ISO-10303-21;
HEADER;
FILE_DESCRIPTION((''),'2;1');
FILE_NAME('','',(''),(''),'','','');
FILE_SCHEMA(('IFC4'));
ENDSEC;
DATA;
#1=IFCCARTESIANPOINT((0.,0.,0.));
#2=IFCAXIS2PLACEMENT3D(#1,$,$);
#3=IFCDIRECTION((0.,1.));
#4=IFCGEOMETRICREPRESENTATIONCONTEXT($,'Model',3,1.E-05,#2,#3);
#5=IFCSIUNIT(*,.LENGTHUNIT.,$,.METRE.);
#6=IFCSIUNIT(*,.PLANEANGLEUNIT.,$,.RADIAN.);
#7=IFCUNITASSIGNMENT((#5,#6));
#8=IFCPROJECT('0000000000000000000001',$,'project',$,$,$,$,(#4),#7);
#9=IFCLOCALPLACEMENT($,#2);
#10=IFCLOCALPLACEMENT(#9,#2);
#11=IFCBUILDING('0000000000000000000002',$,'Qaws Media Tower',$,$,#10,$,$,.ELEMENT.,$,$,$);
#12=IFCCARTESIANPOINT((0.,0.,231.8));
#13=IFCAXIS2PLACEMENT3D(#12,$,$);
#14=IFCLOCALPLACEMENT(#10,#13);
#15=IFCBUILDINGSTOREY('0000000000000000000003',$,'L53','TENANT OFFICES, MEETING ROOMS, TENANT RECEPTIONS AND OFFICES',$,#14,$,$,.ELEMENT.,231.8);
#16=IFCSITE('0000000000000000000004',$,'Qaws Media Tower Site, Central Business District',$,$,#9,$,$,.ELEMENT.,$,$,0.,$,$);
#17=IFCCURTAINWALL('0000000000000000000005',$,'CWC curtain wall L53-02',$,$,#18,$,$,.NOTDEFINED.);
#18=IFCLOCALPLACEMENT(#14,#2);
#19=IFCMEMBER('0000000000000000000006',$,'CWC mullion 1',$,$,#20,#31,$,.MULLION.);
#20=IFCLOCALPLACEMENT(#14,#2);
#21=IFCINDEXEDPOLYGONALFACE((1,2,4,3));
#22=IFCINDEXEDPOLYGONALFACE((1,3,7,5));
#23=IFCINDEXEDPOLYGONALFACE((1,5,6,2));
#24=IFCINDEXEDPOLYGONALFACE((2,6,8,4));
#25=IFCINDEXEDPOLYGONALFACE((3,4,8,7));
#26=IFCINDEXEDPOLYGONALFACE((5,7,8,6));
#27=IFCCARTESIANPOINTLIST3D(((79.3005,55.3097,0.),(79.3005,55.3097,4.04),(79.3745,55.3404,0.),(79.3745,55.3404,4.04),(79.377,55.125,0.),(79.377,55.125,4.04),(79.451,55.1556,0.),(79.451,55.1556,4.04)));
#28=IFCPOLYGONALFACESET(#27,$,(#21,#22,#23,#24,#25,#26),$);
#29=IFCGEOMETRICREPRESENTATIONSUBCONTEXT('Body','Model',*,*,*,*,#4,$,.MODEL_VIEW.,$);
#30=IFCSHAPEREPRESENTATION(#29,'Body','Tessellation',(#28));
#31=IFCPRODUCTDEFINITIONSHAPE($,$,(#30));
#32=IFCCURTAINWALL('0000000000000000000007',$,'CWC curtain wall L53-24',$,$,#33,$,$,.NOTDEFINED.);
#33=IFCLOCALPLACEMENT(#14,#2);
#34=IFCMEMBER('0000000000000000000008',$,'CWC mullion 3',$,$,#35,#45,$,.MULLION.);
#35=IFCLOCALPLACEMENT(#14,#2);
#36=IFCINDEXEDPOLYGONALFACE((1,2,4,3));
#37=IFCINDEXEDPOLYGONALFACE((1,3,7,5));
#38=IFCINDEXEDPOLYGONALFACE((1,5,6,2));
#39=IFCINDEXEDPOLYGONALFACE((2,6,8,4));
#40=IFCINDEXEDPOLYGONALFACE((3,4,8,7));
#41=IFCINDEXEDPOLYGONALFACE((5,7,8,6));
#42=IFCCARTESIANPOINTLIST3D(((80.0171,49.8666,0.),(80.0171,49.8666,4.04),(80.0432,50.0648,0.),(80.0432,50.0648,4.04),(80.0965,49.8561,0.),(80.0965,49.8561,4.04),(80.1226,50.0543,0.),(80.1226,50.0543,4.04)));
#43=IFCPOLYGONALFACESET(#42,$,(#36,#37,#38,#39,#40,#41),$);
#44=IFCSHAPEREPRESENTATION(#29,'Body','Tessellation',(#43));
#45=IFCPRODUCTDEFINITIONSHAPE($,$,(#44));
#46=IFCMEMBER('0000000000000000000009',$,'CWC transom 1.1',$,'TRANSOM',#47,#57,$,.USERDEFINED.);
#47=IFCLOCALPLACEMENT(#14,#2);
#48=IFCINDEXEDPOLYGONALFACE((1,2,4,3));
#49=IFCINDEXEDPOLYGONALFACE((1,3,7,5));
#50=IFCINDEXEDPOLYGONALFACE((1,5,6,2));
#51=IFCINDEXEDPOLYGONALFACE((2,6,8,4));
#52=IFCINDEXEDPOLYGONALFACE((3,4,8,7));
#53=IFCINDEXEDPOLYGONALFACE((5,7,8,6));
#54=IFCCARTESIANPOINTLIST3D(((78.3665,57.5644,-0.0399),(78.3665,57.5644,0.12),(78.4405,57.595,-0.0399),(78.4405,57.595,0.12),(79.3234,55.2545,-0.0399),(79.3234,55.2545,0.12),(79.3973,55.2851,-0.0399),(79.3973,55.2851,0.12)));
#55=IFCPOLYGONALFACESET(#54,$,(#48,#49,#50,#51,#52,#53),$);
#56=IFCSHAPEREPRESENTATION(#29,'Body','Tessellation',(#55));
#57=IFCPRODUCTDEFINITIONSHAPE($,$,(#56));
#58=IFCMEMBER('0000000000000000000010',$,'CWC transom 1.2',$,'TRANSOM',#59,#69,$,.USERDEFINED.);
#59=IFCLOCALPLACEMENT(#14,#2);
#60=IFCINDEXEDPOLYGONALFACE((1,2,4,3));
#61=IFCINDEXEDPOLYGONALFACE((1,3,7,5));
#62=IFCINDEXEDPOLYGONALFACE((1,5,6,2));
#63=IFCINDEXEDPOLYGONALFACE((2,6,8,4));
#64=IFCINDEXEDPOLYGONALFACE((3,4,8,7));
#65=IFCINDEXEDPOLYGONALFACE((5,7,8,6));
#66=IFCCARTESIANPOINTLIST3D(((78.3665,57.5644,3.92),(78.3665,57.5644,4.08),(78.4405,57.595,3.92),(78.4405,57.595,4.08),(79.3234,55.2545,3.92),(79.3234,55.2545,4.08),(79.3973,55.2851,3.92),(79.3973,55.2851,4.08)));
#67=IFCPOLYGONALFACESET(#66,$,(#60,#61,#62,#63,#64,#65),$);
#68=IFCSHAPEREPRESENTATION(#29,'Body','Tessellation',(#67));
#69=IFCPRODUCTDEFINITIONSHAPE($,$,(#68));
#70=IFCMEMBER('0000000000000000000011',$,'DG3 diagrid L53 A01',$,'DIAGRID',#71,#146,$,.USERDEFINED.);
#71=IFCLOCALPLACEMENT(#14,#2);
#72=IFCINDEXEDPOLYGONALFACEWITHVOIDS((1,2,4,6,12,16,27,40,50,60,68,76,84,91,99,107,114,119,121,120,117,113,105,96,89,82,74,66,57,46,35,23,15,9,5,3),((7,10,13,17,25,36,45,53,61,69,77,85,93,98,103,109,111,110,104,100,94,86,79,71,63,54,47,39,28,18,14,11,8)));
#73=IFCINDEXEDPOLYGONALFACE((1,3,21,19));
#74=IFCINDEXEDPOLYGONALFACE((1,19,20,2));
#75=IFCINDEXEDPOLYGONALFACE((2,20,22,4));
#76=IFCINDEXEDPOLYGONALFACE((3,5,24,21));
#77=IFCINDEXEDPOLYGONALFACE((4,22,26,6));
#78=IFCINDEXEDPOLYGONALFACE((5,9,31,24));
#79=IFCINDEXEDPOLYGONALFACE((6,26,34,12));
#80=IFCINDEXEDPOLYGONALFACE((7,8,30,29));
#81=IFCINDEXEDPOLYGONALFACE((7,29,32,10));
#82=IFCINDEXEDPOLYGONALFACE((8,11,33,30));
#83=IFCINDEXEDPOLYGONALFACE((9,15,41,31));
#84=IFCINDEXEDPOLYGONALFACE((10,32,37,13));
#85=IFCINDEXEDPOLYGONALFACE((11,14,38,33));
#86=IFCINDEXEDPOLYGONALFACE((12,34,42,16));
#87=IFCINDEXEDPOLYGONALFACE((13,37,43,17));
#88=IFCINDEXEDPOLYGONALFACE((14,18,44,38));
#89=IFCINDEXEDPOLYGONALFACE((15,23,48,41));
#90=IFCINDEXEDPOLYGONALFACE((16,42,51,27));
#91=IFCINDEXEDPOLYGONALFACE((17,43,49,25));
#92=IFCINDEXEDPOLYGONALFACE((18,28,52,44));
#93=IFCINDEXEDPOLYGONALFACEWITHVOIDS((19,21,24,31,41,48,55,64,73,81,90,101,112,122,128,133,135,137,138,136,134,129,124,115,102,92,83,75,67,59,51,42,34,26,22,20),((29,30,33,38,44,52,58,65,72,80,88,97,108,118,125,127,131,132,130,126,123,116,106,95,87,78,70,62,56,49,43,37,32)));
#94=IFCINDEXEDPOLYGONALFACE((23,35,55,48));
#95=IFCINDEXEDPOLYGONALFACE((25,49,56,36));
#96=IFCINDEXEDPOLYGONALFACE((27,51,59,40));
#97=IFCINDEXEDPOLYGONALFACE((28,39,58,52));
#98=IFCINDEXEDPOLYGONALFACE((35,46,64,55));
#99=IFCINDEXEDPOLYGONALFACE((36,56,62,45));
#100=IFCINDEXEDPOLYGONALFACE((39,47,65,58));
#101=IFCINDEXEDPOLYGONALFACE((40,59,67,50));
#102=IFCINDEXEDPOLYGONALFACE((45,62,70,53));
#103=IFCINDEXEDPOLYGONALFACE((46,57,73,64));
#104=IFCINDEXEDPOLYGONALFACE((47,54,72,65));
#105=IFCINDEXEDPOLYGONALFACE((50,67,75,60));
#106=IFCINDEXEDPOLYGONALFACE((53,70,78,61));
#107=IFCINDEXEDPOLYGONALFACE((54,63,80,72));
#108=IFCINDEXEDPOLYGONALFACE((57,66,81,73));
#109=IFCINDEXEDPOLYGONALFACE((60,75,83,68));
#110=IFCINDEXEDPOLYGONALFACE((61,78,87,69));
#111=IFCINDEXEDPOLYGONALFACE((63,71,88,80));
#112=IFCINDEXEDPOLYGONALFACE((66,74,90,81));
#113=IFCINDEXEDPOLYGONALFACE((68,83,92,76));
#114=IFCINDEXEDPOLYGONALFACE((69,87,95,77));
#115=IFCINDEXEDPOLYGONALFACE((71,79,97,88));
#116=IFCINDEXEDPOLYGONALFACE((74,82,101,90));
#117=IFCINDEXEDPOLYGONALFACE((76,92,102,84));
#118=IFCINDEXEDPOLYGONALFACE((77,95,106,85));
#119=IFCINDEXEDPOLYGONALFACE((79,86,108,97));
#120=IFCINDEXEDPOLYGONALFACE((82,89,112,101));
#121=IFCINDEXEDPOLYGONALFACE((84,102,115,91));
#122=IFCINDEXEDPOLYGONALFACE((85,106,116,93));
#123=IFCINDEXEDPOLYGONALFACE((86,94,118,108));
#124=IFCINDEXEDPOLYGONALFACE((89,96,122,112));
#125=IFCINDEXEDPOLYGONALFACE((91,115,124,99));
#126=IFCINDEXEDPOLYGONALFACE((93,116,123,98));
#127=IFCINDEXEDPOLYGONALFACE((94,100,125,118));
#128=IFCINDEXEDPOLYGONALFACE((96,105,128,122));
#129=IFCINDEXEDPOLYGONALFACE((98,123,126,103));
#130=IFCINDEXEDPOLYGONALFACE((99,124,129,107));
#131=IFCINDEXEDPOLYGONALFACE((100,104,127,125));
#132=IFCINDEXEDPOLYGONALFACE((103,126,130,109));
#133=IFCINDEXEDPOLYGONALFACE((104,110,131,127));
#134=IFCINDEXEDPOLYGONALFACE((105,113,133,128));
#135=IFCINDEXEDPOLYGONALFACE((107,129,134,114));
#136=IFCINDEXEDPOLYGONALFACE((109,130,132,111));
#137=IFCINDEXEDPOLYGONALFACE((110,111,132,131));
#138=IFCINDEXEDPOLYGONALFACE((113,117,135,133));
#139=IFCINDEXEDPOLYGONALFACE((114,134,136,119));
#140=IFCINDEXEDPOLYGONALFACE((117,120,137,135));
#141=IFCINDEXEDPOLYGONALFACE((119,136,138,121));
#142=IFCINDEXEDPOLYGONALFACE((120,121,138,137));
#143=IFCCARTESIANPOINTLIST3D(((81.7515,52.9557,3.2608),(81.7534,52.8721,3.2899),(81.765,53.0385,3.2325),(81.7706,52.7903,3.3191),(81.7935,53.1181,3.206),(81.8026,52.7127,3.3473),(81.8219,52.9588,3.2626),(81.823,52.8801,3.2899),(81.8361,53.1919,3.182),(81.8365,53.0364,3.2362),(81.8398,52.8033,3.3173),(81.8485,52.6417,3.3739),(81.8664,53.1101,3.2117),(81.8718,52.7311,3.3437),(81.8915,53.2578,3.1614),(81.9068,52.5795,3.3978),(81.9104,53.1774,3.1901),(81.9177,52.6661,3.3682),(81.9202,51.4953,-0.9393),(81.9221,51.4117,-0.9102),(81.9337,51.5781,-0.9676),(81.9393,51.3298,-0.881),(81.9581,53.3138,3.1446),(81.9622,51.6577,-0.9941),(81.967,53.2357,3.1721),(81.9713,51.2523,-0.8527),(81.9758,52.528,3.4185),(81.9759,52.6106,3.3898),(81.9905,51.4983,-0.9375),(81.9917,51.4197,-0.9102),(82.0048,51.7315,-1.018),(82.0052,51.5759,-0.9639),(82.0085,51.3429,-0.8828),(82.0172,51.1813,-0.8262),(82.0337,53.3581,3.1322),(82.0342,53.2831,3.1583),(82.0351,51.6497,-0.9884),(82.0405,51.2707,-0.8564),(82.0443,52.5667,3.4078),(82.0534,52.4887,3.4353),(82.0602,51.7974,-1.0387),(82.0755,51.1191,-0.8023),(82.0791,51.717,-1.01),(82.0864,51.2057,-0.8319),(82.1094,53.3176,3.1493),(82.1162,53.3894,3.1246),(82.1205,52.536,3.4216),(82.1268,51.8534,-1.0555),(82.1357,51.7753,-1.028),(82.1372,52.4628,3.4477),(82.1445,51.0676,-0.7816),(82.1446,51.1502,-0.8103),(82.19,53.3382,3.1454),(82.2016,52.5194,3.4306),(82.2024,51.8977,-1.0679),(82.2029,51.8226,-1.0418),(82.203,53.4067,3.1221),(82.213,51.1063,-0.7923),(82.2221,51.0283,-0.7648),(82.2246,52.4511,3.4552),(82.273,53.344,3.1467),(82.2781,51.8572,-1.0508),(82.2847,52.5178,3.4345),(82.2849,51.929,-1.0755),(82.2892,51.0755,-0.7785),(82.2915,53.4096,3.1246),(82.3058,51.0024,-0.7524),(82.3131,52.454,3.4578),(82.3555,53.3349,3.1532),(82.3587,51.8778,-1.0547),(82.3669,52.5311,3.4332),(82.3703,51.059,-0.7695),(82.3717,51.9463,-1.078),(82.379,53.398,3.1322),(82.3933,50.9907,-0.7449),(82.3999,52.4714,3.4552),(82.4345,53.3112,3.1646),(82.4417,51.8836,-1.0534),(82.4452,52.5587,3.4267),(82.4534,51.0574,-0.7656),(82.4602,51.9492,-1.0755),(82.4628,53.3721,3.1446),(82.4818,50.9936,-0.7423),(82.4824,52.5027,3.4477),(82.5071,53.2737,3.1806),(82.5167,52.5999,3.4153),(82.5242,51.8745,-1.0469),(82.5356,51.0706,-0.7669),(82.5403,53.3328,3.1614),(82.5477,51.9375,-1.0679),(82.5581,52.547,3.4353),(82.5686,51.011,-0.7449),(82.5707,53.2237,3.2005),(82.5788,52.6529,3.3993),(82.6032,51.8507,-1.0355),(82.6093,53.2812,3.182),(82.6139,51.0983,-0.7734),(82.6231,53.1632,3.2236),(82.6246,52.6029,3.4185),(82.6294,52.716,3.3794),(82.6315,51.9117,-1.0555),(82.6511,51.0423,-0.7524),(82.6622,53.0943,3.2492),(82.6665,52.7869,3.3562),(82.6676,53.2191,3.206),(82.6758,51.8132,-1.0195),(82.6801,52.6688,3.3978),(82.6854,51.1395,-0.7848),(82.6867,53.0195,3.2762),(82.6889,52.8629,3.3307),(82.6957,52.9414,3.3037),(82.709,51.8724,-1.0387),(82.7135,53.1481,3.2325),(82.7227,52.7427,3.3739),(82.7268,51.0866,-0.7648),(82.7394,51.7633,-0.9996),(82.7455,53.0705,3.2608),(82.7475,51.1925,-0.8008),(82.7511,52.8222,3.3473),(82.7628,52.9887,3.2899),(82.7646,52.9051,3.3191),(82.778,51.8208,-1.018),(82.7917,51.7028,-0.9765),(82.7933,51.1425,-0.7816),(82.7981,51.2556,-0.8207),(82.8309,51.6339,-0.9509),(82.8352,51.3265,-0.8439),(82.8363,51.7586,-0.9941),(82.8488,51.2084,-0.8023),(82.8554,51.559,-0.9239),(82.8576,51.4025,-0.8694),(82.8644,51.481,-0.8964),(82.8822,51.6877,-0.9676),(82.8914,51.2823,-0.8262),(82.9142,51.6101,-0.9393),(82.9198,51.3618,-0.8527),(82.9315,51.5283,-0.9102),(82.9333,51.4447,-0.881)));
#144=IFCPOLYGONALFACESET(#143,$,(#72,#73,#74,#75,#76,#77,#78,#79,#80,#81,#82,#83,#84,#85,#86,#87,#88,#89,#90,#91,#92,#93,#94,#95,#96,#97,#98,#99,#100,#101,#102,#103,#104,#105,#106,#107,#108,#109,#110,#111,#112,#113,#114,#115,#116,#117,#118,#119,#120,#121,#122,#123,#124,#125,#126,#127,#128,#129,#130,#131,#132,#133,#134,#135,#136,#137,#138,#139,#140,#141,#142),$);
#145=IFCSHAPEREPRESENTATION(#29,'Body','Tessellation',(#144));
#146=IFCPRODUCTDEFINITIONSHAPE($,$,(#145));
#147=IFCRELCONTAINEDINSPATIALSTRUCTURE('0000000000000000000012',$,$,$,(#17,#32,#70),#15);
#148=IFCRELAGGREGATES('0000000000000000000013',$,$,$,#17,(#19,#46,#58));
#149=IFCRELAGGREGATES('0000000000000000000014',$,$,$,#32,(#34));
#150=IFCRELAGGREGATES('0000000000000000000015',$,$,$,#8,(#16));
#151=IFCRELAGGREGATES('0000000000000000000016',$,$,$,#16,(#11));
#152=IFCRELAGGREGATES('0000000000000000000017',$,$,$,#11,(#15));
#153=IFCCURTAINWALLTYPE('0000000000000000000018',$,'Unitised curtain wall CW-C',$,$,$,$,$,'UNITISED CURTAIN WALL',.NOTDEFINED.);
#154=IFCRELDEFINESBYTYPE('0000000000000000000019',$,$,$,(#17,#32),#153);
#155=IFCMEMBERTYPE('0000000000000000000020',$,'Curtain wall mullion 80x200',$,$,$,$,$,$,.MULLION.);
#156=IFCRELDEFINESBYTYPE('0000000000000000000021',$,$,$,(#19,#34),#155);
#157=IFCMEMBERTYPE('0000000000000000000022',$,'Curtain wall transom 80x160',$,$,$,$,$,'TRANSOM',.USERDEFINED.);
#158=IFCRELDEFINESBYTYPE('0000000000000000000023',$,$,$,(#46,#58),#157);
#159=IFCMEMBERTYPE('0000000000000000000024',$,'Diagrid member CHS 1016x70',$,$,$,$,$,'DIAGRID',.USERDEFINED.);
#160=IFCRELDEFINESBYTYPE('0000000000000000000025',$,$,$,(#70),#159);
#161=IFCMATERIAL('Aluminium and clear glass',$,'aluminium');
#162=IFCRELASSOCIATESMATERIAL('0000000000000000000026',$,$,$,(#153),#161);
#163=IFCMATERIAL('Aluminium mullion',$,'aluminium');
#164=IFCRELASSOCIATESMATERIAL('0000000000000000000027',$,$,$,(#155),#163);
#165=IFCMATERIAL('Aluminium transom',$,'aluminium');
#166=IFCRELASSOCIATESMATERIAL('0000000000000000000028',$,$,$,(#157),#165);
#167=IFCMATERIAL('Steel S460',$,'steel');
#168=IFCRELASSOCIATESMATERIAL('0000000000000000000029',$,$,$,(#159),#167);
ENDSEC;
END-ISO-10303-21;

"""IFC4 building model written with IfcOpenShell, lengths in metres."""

from ifc_helpers import new_model, si_unit, direction, frame, origin, origin_2d, place, context, subcontext, project, spatial, rectangle, hollow_circle, extrude, material, material_profile, profile_set, type_object, element, aggregate, save


model = new_model("IFC4")

# Units and contexts
model_context = context("Model", 3, precision=1e-05, world=origin(), true_north=direction((0.0, 1.0)))
body_context = subcontext(model_context, "Body", "Model", "MODEL_VIEW")
ifc_project = project(units=[si_unit("LENGTHUNIT", "METRE"), si_unit("PLANEANGLEUNIT", "RADIAN")], contexts=[model_context])

# Site, building, storey
site_placement = place(None, origin())
site = spatial("IfcSite", under=ifc_project, at=site_placement, Name="Qaws Media Tower Site, Central Business District", CompositionType="ELEMENT", RefElevation=0.0)
building_placement = place(site_placement, origin())
building = spatial("IfcBuilding", under=site, at=building_placement, Name="Qaws Media Tower", CompositionType="ELEMENT")
storey_placement = place(building_placement, frame((0.0, 0.0, 231.8)))
storey = spatial("IfcBuildingStorey", under=building, at=storey_placement, Name="L53", Description="TENANT OFFICES, MEETING ROOMS, TENANT RECEPTIONS AND OFFICES", CompositionType="ELEMENT", Elevation=231.8)

# Curtain walls, members
ifc_material_1 = material(Name="Aluminium and clear glass", Category="aluminium")
curtain_wall_type = type_object("IfcCurtainWallType", Name="Unitised curtain wall CW-C", ElementType="UNITISED CURTAIN WALL", PredefinedType="NOTDEFINED", material=ifc_material_1)
curtain_wall_1_placement = place(storey_placement, origin())
curtain_wall_1 = element("IfcCurtainWall", 1, at=curtain_wall_1_placement, inside=storey, type_object=curtain_wall_type, Name="CWC curtain wall L53-02", PredefinedType="NOTDEFINED")
ifc_material_2 = material(Name="Aluminium mullion", Category="aluminium")
ifc_material_profile_1 = material_profile(ifc_material_2, rectangle(XDim=0.0801, YDim=0.2, at=origin_2d()), Name="80x200")
ifc_profile_set_1 = profile_set([ifc_material_profile_1], Name="Aluminium mullion")
member_type_1 = type_object("IfcMemberType", Name="Curtain wall mullion 80x200", PredefinedType="MULLION", material=ifc_profile_set_1)
member_1_placement = place(storey_placement, frame((79.3757, 55.2327, 0.0), z_axis=(0.0, 0.0, 1.0), x_axis=(-0.92388, -0.382683, 0.0)))
member_1 = element("IfcMember", 2, at=member_1_placement, type_object=member_type_1, Name="CWC mullion 1", PredefinedType="MULLION", context=body_context, shape_type="SweptSolid", body=[
    extrude(rectangle(XDim=0.0801, YDim=0.2, at=origin_2d()), origin(), (0.0, 0.0, 1.0), 4.04),
])
curtain_wall_2_placement = place(storey_placement, origin())
curtain_wall_2 = element("IfcCurtainWall", 3, at=curtain_wall_2_placement, inside=storey, type_object=curtain_wall_type, Name="CWC curtain wall L53-24", PredefinedType="NOTDEFINED")
member_2_placement = place(storey_placement, frame((80.0698, 49.9604, 0.0), z_axis=(0.0, 0.0, 1.0), x_axis=(-0.991445, 0.130526, 0.0)))
member_2 = element("IfcMember", 4, at=member_2_placement, type_object=member_type_1, Name="CWC mullion 3", PredefinedType="MULLION", context=body_context, shape_type="SweptSolid", body=[
    extrude(rectangle(XDim=0.0801, YDim=0.2, at=origin_2d()), origin(), (0.0, 0.0, 1.0), 4.04),
])

# Members
ifc_material_3 = material(Name="Aluminium transom", Category="aluminium")
ifc_material_profile_2 = material_profile(ifc_material_3, rectangle(XDim=0.0801, YDim=0.1599, at=origin_2d()), Name="80x160")
ifc_profile_set_2 = profile_set([ifc_material_profile_2], Name="Aluminium transom")
member_type_2 = type_object("IfcMemberType", Name="Curtain wall transom 80x160", ElementType="TRANSOM", PredefinedType="USERDEFINED", material=ifc_profile_set_2)
member_3_placement = place(storey_placement, frame((79.3604, 55.2698, 0.04), z_axis=(-0.382694, 0.923875, 0.0), x_axis=(-0.923875, -0.382694, 0.0)))
member_3 = element("IfcMember", 5, at=member_3_placement, type_object=member_type_2, Name="CWC transom 1.1", ObjectType="TRANSOM", PredefinedType="USERDEFINED", context=body_context, shape_type="SweptSolid", body=[
    extrude(rectangle(XDim=0.0801, YDim=0.1599, at=origin_2d()), origin(), (0.0, 0.0, 1.0), 2.5002),
])
member_4_placement = place(storey_placement, frame((79.3604, 55.2698, 4.0), z_axis=(-0.382694, 0.923875, 0.0), x_axis=(-0.923875, -0.382694, 0.0)))
member_4 = element("IfcMember", 6, at=member_4_placement, type_object=member_type_2, Name="CWC transom 1.2", ObjectType="TRANSOM", PredefinedType="USERDEFINED", context=body_context, shape_type="SweptSolid", body=[
    extrude(rectangle(XDim=0.0801, YDim=0.1599, at=origin_2d()), origin(), (0.0, 0.0, 1.0), 2.5002),
])
aggregate(curtain_wall_1, [member_1, member_3, member_4])

# Member
ifc_material_4 = material(Name="Steel S460", Category="steel")
ifc_material_profile_3 = material_profile(ifc_material_4, hollow_circle(Radius=0.5081, WallThickness=0.0701, at=origin_2d()), Name="CHS 1016x70")
ifc_profile_set_3 = profile_set([ifc_material_profile_3], Name="Steel S460")
member_type_3 = type_object("IfcMemberType", Name="Diagrid member CHS 1016x70", ElementType="DIAGRID", PredefinedType="USERDEFINED", material=ifc_profile_set_3)
for number, where, z_axis, x_axis, name in (
    (7, (82.4268, 51.47, -0.9102), (-0.03791, 0.328187, 0.943852), (-0.993394, -0.11475, 0.0), "DG3 diagrid L53 A01"),
):
    element("IfcMember", number, at=place(storey_placement, frame(where, z_axis=z_axis, x_axis=x_axis)), inside=storey, type_object=member_type_3, Name=name, ObjectType="DIAGRID", PredefinedType="USERDEFINED", context=body_context, shape_type="SweptSolid", body=[
        extrude(hollow_circle(Radius=0.5081, WallThickness=0.0701, at=origin_2d()), origin(), (0.0, 0.0, 1.0), 4.45),
    ])

aggregate(curtain_wall_2, [member_2])

save(model, "model.ifc")
